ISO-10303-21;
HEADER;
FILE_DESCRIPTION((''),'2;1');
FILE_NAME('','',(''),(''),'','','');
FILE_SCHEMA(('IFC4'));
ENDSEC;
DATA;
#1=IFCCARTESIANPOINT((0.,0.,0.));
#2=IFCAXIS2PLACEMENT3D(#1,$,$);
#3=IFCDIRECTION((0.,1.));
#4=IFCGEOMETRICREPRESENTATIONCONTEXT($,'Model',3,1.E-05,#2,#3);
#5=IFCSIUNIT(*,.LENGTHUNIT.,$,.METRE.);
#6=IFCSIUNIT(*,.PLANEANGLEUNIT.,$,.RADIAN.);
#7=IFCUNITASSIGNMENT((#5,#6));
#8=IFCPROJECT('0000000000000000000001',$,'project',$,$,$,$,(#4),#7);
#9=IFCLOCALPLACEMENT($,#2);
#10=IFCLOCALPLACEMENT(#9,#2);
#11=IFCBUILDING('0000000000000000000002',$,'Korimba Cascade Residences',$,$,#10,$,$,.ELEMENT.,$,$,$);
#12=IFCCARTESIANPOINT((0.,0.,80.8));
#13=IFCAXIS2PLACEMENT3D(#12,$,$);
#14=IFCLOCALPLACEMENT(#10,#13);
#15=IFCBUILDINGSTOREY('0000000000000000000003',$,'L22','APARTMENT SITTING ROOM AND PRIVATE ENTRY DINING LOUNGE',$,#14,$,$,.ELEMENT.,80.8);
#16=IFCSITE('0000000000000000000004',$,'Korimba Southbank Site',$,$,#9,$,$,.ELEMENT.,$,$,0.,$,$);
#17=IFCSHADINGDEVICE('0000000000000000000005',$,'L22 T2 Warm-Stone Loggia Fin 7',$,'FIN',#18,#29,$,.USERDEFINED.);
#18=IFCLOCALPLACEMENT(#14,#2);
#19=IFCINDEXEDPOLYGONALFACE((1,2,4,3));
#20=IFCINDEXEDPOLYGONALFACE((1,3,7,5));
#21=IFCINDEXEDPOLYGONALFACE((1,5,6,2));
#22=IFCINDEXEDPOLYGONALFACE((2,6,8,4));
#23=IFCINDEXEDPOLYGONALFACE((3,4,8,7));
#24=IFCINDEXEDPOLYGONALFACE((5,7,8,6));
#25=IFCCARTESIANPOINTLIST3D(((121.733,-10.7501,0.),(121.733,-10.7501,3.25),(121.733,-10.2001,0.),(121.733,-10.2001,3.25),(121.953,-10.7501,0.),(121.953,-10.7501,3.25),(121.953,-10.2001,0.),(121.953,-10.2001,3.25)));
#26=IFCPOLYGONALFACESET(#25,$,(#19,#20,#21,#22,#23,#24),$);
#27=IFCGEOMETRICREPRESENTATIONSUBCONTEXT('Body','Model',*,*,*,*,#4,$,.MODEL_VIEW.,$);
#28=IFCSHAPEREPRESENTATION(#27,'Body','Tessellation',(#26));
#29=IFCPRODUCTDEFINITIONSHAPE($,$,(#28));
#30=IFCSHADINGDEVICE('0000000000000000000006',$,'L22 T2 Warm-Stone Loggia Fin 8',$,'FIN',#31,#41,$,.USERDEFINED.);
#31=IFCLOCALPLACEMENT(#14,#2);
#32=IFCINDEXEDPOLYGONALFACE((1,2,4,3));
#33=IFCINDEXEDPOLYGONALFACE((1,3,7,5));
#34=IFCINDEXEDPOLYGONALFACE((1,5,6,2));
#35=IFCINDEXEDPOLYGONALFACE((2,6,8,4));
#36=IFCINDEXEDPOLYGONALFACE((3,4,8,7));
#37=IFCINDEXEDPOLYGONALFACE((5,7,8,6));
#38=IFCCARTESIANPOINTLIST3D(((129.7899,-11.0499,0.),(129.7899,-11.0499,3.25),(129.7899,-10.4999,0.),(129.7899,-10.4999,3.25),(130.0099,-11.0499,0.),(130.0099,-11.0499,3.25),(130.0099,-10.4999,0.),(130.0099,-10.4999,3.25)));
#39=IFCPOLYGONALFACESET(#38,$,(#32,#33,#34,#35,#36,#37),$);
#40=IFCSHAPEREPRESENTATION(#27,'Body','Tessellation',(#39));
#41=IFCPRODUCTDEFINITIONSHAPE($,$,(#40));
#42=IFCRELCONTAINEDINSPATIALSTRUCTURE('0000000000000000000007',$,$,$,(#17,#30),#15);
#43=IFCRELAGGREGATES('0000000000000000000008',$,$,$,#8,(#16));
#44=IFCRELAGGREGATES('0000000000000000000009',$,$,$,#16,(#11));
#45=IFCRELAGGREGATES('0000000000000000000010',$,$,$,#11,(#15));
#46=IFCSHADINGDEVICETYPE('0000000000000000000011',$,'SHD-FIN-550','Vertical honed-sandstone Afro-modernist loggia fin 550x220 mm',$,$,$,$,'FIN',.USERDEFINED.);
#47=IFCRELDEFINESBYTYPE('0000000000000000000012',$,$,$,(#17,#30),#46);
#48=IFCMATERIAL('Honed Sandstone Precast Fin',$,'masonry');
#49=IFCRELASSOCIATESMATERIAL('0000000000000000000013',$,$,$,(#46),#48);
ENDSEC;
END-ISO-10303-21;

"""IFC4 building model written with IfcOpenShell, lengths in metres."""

from ifc_helpers import new_model, si_unit, direction, frame, origin, origin_2d, place, context, subcontext, project, spatial, rectangle, extrude, material, type_object, element, save


model = new_model("IFC4")

# Units and contexts
model_context = context("Model", 3, precision=1e-05, world=origin(), true_north=direction((0.0, 1.0)))
body_context = subcontext(model_context, "Body", "Model", "MODEL_VIEW")
ifc_project = project(units=[si_unit("LENGTHUNIT", "METRE"), si_unit("PLANEANGLEUNIT", "RADIAN")], contexts=[model_context])

# Site, building, storey
site_placement = place(None, origin())
site = spatial("IfcSite", under=ifc_project, at=site_placement, Name="Korimba Southbank Site", CompositionType="ELEMENT", RefElevation=0.0)
building_placement = place(site_placement, origin())
building = spatial("IfcBuilding", under=site, at=building_placement, Name="Korimba Cascade Residences", CompositionType="ELEMENT")
storey_placement = place(building_placement, frame((0.0, 0.0, 80.8)))
storey = spatial("IfcBuildingStorey", under=building, at=storey_placement, Name="L22", Description="APARTMENT SITTING ROOM AND PRIVATE ENTRY DINING LOUNGE", CompositionType="ELEMENT", Elevation=80.8)

# Shading devices
ifc_material_1 = material(Name="Honed Sandstone Precast Fin", Category="masonry")
shading_device_type = type_object("IfcShadingDeviceType", Name="SHD-FIN-550", Description="Vertical honed-sandstone Afro-modernist loggia fin 550x220 mm", ElementType="FIN", PredefinedType="USERDEFINED", material=ifc_material_1)
for number, where, z_axis, x_axis, name in (
    (1, (121.843, -10.4751, 0.0), (0.0, 0.0, 1.0), (1.0, 0.0, 0.0), "L22 T2 Warm-Stone Loggia Fin 7"),
    (2, (129.8999, -10.7749, 0.0), (0.0, 0.0, 1.0), (1.0, 0.0, 0.0), "L22 T2 Warm-Stone Loggia Fin 8"),
):
    element("IfcShadingDevice", number, at=place(storey_placement, frame(where, z_axis=z_axis, x_axis=x_axis)), inside=storey, type_object=shading_device_type, Name=name, ObjectType="FIN", PredefinedType="USERDEFINED", context=body_context, shape_type="SweptSolid", body=[
        extrude(rectangle(XDim=0.22, YDim=0.55, at=origin_2d()), origin(), (0.0, 0.0, 1.0), 3.25),
    ])

save(model, "model.ifc")
